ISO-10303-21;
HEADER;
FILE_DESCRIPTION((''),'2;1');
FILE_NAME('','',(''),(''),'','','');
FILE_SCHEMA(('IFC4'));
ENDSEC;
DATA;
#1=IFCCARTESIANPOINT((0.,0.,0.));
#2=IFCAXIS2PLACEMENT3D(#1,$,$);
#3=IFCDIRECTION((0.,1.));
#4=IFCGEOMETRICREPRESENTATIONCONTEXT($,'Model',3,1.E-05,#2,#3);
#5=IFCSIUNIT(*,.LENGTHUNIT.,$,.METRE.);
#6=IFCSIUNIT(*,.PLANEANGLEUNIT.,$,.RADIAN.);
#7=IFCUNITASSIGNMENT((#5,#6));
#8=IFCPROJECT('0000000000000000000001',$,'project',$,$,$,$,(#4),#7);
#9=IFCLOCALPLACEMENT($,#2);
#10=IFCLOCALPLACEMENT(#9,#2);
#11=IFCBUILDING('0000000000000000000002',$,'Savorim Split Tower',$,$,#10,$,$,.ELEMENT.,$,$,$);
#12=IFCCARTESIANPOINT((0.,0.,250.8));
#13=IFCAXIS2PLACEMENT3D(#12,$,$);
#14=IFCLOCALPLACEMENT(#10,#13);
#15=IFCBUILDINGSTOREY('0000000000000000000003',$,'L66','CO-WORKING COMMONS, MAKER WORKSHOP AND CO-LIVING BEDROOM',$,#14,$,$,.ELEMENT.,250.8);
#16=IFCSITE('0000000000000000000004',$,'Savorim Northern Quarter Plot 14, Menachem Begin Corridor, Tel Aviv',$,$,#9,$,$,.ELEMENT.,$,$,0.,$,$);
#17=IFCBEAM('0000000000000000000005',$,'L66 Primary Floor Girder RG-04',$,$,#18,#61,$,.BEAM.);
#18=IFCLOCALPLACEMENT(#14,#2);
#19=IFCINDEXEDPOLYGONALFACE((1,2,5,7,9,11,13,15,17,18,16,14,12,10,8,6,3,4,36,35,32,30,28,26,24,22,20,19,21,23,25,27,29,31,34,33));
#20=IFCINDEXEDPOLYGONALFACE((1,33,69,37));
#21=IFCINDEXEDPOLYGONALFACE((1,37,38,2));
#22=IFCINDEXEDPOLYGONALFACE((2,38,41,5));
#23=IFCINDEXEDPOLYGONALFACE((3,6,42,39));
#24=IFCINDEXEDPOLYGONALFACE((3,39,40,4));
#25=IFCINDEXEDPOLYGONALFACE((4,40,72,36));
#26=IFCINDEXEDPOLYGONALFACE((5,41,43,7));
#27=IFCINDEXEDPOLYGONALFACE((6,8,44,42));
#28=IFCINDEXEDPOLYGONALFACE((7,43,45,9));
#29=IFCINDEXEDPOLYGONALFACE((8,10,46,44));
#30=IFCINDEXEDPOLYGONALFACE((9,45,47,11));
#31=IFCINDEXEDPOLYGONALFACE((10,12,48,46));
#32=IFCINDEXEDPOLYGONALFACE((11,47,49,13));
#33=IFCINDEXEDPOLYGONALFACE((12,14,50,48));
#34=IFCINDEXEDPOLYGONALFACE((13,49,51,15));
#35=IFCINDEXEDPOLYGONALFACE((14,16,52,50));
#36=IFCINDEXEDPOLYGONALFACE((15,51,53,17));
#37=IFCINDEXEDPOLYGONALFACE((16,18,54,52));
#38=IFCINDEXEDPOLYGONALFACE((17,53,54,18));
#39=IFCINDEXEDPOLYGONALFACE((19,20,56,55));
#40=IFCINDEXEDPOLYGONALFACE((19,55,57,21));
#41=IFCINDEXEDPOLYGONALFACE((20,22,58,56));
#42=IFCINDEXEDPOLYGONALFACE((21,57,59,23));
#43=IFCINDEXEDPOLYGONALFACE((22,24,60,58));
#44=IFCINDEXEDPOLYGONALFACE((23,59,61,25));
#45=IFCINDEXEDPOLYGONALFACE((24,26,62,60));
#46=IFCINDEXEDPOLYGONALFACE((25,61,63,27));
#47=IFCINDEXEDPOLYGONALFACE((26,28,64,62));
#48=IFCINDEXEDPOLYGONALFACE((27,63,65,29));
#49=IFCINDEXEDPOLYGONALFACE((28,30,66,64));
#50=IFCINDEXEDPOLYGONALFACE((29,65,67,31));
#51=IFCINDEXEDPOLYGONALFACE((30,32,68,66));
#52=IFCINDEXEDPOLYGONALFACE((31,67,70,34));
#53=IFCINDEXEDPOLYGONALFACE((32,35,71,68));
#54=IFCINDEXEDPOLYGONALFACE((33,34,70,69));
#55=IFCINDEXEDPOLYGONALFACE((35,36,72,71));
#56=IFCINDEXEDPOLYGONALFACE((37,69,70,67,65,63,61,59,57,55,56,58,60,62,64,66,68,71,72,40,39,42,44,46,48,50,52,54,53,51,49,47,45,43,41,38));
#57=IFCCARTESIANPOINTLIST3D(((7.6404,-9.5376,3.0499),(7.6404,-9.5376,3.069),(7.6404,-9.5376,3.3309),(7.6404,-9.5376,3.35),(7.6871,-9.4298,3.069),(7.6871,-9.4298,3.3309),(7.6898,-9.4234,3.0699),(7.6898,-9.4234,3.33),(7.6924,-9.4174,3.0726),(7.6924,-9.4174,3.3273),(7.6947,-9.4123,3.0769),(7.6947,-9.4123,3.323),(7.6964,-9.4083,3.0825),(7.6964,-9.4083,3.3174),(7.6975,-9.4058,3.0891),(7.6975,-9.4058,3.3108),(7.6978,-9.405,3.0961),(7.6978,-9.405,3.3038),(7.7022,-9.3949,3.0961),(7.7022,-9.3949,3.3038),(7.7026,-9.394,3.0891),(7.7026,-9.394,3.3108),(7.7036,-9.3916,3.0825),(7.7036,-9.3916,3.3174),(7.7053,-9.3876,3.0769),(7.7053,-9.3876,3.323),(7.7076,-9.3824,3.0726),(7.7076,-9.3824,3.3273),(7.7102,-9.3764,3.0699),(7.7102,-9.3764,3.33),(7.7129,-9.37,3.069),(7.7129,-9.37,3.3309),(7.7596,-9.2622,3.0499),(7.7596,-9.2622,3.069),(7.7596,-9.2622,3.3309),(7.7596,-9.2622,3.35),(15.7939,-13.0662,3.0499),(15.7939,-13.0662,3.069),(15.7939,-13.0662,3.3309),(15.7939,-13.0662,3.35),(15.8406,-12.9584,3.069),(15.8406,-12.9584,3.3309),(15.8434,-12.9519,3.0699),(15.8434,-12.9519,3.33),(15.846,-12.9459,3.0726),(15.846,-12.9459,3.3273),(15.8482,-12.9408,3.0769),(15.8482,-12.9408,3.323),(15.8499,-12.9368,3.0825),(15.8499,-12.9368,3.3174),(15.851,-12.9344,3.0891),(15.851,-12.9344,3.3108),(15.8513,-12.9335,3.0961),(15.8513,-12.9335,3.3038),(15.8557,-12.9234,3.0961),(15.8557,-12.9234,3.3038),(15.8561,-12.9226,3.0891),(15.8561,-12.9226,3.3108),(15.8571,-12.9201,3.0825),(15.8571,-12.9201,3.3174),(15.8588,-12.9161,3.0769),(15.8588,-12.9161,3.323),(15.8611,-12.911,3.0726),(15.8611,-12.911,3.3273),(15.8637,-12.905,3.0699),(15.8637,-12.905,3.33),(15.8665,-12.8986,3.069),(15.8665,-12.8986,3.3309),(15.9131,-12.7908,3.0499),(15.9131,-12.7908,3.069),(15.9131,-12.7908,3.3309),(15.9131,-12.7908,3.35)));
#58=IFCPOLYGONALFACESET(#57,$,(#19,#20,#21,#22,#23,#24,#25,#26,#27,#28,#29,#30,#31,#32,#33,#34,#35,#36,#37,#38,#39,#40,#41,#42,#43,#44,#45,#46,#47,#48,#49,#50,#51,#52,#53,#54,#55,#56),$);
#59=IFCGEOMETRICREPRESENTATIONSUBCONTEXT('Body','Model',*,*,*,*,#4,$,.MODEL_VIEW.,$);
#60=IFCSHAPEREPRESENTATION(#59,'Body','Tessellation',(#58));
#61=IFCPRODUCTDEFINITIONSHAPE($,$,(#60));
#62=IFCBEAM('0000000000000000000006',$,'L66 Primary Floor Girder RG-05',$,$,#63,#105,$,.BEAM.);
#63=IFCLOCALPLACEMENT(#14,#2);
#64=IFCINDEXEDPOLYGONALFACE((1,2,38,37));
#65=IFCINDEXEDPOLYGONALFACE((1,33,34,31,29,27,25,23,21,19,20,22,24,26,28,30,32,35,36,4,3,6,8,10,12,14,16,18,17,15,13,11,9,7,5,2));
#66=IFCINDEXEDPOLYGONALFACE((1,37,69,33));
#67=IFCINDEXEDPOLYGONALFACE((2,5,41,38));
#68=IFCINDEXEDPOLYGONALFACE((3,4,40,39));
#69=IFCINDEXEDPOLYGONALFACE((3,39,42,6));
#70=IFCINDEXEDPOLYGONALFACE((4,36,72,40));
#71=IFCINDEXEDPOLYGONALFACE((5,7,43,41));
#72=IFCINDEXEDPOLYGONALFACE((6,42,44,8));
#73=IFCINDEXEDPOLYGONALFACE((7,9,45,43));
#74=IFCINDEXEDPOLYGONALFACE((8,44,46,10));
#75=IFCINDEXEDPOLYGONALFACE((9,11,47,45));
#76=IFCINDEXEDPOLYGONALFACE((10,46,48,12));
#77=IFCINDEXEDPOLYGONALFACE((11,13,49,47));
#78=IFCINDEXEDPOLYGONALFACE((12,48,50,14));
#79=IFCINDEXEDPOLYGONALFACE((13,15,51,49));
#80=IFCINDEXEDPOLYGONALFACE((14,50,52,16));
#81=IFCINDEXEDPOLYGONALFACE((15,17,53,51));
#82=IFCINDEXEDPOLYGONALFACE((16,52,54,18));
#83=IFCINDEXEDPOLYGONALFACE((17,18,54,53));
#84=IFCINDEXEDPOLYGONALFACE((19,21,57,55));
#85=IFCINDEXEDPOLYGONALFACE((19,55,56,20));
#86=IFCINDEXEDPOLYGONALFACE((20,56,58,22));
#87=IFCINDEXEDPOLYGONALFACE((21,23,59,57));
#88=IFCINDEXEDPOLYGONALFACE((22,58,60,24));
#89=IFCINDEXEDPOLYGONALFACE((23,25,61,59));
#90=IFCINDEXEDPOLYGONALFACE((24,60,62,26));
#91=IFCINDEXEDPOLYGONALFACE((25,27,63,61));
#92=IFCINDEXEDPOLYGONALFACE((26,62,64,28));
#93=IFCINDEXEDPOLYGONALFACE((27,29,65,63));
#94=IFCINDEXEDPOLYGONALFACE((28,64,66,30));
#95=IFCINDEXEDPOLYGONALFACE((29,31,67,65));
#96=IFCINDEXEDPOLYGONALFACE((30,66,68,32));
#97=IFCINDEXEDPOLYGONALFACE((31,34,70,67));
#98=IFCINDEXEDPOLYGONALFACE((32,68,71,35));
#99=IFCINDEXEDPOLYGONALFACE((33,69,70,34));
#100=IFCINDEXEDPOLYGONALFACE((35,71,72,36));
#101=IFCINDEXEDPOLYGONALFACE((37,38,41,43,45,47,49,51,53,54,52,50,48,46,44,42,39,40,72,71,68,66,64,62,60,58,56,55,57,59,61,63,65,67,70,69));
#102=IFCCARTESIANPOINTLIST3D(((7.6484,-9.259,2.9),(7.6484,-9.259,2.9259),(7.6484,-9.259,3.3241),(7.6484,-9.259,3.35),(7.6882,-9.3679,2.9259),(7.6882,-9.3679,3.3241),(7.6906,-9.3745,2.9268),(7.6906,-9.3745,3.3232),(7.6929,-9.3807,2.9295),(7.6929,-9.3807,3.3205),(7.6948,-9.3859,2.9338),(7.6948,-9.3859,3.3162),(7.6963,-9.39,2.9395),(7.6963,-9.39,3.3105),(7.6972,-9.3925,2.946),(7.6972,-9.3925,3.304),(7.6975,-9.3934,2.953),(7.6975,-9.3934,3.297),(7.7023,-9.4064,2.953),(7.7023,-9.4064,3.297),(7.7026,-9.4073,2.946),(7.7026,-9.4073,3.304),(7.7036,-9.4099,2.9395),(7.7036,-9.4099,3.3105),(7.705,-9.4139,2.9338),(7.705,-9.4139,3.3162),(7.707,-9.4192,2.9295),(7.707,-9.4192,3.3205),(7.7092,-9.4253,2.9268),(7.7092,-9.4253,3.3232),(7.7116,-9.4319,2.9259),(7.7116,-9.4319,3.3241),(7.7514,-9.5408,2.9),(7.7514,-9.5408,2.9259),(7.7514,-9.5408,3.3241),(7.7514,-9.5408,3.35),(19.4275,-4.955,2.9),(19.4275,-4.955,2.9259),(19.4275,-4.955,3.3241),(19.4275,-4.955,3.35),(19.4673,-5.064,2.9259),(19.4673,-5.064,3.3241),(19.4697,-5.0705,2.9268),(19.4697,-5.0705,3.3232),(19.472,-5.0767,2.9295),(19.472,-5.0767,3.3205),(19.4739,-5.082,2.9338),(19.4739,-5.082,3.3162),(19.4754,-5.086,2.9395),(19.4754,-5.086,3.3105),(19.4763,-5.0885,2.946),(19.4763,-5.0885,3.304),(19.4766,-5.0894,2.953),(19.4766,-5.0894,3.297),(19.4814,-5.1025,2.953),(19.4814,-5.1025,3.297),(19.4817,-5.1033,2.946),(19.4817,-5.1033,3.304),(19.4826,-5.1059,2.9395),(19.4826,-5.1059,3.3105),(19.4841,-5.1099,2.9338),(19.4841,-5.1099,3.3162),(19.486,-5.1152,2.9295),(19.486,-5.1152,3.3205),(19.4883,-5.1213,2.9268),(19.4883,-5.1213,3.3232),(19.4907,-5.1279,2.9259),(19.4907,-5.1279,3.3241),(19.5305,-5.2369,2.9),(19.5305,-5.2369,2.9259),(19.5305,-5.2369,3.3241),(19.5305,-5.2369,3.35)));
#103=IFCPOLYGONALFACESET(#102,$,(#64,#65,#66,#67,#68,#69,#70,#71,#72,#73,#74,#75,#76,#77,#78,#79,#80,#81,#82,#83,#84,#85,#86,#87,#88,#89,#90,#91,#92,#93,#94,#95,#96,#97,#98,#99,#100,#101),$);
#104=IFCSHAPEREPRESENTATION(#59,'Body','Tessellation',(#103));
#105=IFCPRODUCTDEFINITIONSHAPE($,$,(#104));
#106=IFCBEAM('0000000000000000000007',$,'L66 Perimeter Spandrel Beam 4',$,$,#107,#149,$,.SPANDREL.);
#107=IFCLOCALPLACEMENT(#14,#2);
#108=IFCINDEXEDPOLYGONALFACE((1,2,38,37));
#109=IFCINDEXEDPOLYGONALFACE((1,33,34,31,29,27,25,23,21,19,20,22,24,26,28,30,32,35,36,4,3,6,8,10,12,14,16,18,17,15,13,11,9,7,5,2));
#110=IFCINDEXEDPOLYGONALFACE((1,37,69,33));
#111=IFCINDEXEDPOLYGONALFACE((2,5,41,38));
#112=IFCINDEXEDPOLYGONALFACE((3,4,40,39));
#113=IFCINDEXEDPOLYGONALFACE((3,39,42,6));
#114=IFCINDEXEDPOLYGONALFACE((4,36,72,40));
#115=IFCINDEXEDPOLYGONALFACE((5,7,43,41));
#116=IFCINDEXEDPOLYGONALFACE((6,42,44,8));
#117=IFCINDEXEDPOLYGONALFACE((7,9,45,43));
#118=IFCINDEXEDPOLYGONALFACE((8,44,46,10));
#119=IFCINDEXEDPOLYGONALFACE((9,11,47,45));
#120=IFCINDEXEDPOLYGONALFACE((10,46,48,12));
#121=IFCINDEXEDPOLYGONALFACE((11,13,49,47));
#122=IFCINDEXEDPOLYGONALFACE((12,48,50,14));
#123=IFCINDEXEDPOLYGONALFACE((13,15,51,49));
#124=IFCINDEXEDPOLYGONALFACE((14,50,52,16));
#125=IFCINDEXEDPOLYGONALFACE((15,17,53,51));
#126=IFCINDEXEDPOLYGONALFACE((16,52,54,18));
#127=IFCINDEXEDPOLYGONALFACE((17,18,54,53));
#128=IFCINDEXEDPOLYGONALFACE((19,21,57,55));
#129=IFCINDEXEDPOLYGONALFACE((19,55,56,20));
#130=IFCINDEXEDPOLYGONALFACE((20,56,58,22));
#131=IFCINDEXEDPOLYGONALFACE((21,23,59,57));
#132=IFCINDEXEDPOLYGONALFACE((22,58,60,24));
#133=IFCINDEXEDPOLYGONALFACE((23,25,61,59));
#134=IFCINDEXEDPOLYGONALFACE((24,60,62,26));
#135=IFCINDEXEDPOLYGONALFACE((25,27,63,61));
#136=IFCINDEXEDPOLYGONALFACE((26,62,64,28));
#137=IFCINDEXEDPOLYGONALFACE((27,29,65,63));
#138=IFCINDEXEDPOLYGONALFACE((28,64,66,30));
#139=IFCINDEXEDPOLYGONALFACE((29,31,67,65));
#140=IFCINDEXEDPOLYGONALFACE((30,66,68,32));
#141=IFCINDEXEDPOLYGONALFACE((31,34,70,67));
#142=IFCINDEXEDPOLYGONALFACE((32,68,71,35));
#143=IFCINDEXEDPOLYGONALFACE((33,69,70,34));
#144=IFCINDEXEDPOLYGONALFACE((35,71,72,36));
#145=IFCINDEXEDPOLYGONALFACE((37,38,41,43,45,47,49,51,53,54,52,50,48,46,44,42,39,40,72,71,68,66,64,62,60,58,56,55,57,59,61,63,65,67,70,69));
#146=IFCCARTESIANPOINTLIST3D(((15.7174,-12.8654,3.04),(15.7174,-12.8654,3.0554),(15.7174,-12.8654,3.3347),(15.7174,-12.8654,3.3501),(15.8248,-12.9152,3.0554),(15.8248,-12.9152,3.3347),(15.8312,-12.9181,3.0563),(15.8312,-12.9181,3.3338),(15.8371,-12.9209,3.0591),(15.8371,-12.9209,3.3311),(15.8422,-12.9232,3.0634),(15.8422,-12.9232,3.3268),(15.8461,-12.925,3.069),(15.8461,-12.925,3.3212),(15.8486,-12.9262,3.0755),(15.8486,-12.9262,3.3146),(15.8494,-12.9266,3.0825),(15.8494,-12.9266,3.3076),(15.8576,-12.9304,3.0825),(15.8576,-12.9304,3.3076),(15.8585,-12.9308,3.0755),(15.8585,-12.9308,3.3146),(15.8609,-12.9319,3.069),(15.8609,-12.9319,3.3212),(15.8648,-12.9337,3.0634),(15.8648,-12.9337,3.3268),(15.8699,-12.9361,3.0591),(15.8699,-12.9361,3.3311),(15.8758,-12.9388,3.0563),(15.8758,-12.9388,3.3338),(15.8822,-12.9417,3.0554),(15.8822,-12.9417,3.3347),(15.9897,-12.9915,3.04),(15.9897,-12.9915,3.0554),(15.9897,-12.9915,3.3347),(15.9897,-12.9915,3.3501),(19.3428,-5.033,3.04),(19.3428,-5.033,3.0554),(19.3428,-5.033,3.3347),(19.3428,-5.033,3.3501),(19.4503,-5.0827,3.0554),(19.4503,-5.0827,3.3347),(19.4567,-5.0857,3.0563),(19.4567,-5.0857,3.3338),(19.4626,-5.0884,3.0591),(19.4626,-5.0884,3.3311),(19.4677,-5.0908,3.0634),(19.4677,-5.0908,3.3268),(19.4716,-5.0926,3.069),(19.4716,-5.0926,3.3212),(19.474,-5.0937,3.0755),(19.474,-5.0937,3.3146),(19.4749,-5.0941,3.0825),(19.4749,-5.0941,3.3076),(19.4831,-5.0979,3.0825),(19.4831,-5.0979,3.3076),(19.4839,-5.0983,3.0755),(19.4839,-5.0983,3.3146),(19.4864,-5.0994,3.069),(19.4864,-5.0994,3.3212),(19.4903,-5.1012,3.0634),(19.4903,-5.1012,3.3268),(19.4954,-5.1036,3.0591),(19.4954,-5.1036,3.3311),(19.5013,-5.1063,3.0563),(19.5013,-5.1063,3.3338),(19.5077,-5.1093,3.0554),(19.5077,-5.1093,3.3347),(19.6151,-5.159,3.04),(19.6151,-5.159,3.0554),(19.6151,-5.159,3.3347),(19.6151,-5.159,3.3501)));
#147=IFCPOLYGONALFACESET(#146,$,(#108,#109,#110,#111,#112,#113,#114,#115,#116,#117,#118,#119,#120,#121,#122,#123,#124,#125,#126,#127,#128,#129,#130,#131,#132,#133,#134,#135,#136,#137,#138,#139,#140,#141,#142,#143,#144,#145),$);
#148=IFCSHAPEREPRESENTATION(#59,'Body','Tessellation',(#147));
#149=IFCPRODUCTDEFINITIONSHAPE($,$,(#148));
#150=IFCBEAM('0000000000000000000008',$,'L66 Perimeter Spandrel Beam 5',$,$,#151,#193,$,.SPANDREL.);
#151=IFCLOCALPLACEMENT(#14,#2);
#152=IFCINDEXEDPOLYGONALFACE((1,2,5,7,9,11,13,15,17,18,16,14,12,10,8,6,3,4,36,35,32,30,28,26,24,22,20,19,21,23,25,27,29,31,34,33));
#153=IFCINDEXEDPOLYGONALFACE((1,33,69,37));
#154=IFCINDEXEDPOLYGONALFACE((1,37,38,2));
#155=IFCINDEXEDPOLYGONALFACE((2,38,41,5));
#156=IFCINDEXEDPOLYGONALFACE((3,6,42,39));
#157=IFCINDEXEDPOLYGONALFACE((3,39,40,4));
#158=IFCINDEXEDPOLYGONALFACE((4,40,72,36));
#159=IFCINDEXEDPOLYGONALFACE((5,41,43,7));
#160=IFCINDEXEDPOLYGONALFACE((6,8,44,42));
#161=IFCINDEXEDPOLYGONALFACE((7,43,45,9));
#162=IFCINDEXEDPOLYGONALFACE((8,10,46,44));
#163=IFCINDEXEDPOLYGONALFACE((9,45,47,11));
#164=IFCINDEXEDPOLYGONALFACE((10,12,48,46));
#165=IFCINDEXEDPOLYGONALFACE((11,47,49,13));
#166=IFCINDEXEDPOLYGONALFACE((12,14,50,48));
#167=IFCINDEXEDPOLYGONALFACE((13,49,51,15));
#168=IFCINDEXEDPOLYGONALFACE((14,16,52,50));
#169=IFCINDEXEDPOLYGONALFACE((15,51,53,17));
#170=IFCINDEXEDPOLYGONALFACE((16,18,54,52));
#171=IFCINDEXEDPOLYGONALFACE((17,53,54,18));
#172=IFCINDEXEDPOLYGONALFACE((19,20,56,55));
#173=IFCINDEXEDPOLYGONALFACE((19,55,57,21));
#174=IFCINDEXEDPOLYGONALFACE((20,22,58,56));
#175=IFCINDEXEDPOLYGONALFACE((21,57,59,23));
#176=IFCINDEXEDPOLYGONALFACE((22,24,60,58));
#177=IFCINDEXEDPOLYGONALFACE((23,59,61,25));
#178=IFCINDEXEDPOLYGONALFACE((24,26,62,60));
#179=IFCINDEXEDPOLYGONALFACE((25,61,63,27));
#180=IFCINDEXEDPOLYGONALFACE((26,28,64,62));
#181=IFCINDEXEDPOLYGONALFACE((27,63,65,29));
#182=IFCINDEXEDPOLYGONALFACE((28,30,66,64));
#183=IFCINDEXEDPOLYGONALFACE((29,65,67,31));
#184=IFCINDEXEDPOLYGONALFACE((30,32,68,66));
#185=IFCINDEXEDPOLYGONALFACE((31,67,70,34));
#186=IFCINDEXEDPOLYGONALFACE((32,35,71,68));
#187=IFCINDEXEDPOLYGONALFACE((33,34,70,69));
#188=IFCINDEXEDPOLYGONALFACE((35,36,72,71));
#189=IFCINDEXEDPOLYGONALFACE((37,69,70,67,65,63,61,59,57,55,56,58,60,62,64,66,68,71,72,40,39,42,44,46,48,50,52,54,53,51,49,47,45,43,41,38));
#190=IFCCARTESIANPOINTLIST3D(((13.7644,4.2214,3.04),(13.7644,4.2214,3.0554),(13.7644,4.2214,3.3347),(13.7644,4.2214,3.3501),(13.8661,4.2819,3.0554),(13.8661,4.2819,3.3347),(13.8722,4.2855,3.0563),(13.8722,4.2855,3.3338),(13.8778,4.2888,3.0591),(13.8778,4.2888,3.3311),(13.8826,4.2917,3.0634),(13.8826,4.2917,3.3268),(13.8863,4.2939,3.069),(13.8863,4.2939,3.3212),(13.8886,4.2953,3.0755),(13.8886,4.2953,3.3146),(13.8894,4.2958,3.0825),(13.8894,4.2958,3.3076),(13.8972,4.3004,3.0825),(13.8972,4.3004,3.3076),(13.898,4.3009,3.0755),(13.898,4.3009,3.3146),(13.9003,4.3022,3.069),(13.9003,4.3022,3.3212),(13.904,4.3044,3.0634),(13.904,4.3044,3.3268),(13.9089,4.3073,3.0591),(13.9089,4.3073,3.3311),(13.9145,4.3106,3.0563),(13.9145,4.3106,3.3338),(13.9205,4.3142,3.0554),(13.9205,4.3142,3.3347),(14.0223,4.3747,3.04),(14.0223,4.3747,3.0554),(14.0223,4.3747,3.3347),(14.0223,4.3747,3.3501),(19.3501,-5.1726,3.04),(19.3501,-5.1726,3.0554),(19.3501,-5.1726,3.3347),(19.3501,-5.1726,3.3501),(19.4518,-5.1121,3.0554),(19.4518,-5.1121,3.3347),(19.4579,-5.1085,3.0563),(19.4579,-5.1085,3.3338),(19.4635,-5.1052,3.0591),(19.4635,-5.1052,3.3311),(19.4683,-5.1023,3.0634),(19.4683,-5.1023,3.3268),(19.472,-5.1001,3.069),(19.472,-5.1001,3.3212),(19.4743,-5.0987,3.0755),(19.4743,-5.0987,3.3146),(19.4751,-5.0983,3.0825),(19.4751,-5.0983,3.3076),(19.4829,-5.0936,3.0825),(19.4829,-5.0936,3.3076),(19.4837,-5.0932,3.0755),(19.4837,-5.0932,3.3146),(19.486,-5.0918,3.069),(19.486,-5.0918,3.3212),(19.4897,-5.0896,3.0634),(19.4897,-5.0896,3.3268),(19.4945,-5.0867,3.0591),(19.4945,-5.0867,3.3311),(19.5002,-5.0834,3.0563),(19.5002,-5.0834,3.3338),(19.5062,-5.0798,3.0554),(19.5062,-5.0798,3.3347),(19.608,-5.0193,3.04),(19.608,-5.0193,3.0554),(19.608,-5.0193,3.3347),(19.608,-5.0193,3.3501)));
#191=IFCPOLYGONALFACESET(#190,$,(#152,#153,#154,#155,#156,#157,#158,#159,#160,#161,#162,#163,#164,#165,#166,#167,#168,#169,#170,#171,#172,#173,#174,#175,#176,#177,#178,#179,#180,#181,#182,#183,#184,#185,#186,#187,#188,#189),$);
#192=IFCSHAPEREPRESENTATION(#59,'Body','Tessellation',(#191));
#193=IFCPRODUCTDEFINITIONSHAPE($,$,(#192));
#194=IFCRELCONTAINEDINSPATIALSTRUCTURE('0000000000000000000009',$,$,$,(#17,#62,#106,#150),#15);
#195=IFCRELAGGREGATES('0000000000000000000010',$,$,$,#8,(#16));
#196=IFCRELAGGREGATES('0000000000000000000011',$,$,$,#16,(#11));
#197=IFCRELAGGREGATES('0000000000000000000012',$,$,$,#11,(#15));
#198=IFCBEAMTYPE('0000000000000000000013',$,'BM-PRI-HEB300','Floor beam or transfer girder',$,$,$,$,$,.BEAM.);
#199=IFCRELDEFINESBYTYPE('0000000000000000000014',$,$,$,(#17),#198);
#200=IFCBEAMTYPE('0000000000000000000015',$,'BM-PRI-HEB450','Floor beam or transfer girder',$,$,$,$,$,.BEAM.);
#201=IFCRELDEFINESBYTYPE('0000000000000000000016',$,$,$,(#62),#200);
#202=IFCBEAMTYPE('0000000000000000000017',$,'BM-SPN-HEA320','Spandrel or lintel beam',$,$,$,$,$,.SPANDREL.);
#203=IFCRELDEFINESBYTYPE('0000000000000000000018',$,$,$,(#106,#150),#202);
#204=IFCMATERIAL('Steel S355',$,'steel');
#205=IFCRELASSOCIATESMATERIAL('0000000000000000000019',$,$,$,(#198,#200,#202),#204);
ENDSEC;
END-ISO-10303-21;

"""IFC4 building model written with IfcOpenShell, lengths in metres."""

from ifc_helpers import new_model, si_unit, direction, frame, origin, origin_2d, place, context, subcontext, project, spatial, i_section, extrude, material, material_profile, profile_set, type_object, element, save


model = new_model("IFC4")

# Units and contexts
model_context = context("Model", 3, precision=1e-05, world=origin(), true_north=direction((0.0, 1.0)))
body_context = subcontext(model_context, "Body", "Model", "MODEL_VIEW")
ifc_project = project(units=[si_unit("LENGTHUNIT", "METRE"), si_unit("PLANEANGLEUNIT", "RADIAN")], contexts=[model_context])

# Site, building, storey
site_placement = place(None, origin())
site = spatial("IfcSite", under=ifc_project, at=site_placement, Name="Savorim Northern Quarter Plot 14, Menachem Begin Corridor, Tel Aviv", CompositionType="ELEMENT", RefElevation=0.0)
building_placement = place(site_placement, origin())
building = spatial("IfcBuilding", under=site, at=building_placement, Name="Savorim Split Tower", CompositionType="ELEMENT")
storey_placement = place(building_placement, frame((0.0, 0.0, 250.8)))
storey = spatial("IfcBuildingStorey", under=building, at=storey_placement, Name="L66", Description="CO-WORKING COMMONS, MAKER WORKSHOP AND CO-LIVING BEDROOM", CompositionType="ELEMENT", Elevation=250.8)

# Shared definitions
ifc_material_1 = material(Name="Steel S355", Category="steel")

# Beams
ifc_material_profile_1 = material_profile(ifc_material_1, i_section(OverallWidth=0.3, OverallDepth=0.3, WebThickness=0.011, FlangeThickness=0.019, FilletRadius=0.0271, at=origin_2d()), Name="HEB 300")
ifc_profile_set_1 = profile_set([ifc_material_profile_1], Name="Steel S355")
beam_type_1 = type_object("IfcBeamType", Name="BM-PRI-HEB300", Description="Floor beam or transfer girder", PredefinedType="BEAM", material=ifc_profile_set_1)
beam_1_placement = place(storey_placement, frame((15.8535, -12.9285, 3.2), z_axis=(-0.917746, 0.397167, 0.0), x_axis=(-0.397167, -0.917746, 0.0)))
element("IfcBeam", 1, at=beam_1_placement, inside=storey, type_object=beam_type_1, Name="L66 Primary Floor Girder RG-04", PredefinedType="BEAM", context=body_context, shape_type="SweptSolid", body=[
    extrude(i_section(OverallWidth=0.3, OverallDepth=0.3, WebThickness=0.011, FlangeThickness=0.019, FilletRadius=0.0271, at=origin_2d()), origin(), (0.0, 0.0, 1.0), 8.8843),
])
ifc_material_profile_2 = material_profile(ifc_material_1, i_section(OverallWidth=0.3, OverallDepth=0.45, WebThickness=0.0139, FlangeThickness=0.0259, FilletRadius=0.0271, at=origin_2d()), Name="HEB 450")
ifc_profile_set_2 = profile_set([ifc_material_profile_2], Name="Steel S355")
beam_type_2 = type_object("IfcBeamType", Name="BM-PRI-HEB450", Description="Floor beam or transfer girder", PredefinedType="BEAM", material=ifc_profile_set_2)
beam_2_placement = place(storey_placement, frame((19.479, -5.0959, 3.125), z_axis=(-0.939263, -0.343198, 0.0), x_axis=(0.343198, -0.939263, 0.0)))
element("IfcBeam", 2, at=beam_2_placement, inside=storey, type_object=beam_type_2, Name="L66 Primary Floor Girder RG-05", PredefinedType="BEAM", context=body_context, shape_type="SweptSolid", body=[
    extrude(i_section(OverallWidth=0.3, OverallDepth=0.45, WebThickness=0.0139, FlangeThickness=0.0259, FilletRadius=0.0271, at=origin_2d()), origin(), (0.0, 0.0, 1.0), 12.5408),
])
ifc_material_profile_3 = material_profile(ifc_material_1, i_section(OverallWidth=0.3, OverallDepth=0.3101, WebThickness=0.009, FlangeThickness=0.0154, FilletRadius=0.0271, at=origin_2d()), Name="HEA 320")
ifc_profile_set_3 = profile_set([ifc_material_profile_3], Name="Steel S355")
beam_type_3 = type_object("IfcBeamType", Name="BM-SPN-HEA320", Description="Spandrel or lintel beam", PredefinedType="SPANDREL", material=ifc_profile_set_3)
beam_3_placement = place(storey_placement, frame((15.8535, -12.9285, 3.1951), z_axis=(0.420059, 0.907497, 0.0), x_axis=(-0.907497, 0.420059, 0.0)))
element("IfcBeam", 3, at=beam_3_placement, inside=storey, type_object=beam_type_3, Name="L66 Perimeter Spandrel Beam 4", PredefinedType="SPANDREL", context=body_context, shape_type="SweptSolid", body=[
    extrude(i_section(OverallWidth=0.3, OverallDepth=0.3101, WebThickness=0.009, FlangeThickness=0.0154, FilletRadius=0.0271, at=origin_2d()), origin(), (0.0, 0.0, 1.0), 8.6309),
])
beam_4_placement = place(storey_placement, frame((19.479, -5.0959, 3.1951), z_axis=(-0.511079, 0.859534, 0.0), x_axis=(-0.859534, -0.511079, 0.0)))
element("IfcBeam", 4, at=beam_4_placement, inside=storey, type_object=beam_type_3, Name="L66 Perimeter Spandrel Beam 5", PredefinedType="SPANDREL", context=body_context, shape_type="SweptSolid", body=[
    extrude(i_section(OverallWidth=0.3, OverallDepth=0.3101, WebThickness=0.009, FlangeThickness=0.0154, FilletRadius=0.0271, at=origin_2d()), origin(), (0.0, 0.0, 1.0), 10.9292),
])

save(model, "model.ifc")
